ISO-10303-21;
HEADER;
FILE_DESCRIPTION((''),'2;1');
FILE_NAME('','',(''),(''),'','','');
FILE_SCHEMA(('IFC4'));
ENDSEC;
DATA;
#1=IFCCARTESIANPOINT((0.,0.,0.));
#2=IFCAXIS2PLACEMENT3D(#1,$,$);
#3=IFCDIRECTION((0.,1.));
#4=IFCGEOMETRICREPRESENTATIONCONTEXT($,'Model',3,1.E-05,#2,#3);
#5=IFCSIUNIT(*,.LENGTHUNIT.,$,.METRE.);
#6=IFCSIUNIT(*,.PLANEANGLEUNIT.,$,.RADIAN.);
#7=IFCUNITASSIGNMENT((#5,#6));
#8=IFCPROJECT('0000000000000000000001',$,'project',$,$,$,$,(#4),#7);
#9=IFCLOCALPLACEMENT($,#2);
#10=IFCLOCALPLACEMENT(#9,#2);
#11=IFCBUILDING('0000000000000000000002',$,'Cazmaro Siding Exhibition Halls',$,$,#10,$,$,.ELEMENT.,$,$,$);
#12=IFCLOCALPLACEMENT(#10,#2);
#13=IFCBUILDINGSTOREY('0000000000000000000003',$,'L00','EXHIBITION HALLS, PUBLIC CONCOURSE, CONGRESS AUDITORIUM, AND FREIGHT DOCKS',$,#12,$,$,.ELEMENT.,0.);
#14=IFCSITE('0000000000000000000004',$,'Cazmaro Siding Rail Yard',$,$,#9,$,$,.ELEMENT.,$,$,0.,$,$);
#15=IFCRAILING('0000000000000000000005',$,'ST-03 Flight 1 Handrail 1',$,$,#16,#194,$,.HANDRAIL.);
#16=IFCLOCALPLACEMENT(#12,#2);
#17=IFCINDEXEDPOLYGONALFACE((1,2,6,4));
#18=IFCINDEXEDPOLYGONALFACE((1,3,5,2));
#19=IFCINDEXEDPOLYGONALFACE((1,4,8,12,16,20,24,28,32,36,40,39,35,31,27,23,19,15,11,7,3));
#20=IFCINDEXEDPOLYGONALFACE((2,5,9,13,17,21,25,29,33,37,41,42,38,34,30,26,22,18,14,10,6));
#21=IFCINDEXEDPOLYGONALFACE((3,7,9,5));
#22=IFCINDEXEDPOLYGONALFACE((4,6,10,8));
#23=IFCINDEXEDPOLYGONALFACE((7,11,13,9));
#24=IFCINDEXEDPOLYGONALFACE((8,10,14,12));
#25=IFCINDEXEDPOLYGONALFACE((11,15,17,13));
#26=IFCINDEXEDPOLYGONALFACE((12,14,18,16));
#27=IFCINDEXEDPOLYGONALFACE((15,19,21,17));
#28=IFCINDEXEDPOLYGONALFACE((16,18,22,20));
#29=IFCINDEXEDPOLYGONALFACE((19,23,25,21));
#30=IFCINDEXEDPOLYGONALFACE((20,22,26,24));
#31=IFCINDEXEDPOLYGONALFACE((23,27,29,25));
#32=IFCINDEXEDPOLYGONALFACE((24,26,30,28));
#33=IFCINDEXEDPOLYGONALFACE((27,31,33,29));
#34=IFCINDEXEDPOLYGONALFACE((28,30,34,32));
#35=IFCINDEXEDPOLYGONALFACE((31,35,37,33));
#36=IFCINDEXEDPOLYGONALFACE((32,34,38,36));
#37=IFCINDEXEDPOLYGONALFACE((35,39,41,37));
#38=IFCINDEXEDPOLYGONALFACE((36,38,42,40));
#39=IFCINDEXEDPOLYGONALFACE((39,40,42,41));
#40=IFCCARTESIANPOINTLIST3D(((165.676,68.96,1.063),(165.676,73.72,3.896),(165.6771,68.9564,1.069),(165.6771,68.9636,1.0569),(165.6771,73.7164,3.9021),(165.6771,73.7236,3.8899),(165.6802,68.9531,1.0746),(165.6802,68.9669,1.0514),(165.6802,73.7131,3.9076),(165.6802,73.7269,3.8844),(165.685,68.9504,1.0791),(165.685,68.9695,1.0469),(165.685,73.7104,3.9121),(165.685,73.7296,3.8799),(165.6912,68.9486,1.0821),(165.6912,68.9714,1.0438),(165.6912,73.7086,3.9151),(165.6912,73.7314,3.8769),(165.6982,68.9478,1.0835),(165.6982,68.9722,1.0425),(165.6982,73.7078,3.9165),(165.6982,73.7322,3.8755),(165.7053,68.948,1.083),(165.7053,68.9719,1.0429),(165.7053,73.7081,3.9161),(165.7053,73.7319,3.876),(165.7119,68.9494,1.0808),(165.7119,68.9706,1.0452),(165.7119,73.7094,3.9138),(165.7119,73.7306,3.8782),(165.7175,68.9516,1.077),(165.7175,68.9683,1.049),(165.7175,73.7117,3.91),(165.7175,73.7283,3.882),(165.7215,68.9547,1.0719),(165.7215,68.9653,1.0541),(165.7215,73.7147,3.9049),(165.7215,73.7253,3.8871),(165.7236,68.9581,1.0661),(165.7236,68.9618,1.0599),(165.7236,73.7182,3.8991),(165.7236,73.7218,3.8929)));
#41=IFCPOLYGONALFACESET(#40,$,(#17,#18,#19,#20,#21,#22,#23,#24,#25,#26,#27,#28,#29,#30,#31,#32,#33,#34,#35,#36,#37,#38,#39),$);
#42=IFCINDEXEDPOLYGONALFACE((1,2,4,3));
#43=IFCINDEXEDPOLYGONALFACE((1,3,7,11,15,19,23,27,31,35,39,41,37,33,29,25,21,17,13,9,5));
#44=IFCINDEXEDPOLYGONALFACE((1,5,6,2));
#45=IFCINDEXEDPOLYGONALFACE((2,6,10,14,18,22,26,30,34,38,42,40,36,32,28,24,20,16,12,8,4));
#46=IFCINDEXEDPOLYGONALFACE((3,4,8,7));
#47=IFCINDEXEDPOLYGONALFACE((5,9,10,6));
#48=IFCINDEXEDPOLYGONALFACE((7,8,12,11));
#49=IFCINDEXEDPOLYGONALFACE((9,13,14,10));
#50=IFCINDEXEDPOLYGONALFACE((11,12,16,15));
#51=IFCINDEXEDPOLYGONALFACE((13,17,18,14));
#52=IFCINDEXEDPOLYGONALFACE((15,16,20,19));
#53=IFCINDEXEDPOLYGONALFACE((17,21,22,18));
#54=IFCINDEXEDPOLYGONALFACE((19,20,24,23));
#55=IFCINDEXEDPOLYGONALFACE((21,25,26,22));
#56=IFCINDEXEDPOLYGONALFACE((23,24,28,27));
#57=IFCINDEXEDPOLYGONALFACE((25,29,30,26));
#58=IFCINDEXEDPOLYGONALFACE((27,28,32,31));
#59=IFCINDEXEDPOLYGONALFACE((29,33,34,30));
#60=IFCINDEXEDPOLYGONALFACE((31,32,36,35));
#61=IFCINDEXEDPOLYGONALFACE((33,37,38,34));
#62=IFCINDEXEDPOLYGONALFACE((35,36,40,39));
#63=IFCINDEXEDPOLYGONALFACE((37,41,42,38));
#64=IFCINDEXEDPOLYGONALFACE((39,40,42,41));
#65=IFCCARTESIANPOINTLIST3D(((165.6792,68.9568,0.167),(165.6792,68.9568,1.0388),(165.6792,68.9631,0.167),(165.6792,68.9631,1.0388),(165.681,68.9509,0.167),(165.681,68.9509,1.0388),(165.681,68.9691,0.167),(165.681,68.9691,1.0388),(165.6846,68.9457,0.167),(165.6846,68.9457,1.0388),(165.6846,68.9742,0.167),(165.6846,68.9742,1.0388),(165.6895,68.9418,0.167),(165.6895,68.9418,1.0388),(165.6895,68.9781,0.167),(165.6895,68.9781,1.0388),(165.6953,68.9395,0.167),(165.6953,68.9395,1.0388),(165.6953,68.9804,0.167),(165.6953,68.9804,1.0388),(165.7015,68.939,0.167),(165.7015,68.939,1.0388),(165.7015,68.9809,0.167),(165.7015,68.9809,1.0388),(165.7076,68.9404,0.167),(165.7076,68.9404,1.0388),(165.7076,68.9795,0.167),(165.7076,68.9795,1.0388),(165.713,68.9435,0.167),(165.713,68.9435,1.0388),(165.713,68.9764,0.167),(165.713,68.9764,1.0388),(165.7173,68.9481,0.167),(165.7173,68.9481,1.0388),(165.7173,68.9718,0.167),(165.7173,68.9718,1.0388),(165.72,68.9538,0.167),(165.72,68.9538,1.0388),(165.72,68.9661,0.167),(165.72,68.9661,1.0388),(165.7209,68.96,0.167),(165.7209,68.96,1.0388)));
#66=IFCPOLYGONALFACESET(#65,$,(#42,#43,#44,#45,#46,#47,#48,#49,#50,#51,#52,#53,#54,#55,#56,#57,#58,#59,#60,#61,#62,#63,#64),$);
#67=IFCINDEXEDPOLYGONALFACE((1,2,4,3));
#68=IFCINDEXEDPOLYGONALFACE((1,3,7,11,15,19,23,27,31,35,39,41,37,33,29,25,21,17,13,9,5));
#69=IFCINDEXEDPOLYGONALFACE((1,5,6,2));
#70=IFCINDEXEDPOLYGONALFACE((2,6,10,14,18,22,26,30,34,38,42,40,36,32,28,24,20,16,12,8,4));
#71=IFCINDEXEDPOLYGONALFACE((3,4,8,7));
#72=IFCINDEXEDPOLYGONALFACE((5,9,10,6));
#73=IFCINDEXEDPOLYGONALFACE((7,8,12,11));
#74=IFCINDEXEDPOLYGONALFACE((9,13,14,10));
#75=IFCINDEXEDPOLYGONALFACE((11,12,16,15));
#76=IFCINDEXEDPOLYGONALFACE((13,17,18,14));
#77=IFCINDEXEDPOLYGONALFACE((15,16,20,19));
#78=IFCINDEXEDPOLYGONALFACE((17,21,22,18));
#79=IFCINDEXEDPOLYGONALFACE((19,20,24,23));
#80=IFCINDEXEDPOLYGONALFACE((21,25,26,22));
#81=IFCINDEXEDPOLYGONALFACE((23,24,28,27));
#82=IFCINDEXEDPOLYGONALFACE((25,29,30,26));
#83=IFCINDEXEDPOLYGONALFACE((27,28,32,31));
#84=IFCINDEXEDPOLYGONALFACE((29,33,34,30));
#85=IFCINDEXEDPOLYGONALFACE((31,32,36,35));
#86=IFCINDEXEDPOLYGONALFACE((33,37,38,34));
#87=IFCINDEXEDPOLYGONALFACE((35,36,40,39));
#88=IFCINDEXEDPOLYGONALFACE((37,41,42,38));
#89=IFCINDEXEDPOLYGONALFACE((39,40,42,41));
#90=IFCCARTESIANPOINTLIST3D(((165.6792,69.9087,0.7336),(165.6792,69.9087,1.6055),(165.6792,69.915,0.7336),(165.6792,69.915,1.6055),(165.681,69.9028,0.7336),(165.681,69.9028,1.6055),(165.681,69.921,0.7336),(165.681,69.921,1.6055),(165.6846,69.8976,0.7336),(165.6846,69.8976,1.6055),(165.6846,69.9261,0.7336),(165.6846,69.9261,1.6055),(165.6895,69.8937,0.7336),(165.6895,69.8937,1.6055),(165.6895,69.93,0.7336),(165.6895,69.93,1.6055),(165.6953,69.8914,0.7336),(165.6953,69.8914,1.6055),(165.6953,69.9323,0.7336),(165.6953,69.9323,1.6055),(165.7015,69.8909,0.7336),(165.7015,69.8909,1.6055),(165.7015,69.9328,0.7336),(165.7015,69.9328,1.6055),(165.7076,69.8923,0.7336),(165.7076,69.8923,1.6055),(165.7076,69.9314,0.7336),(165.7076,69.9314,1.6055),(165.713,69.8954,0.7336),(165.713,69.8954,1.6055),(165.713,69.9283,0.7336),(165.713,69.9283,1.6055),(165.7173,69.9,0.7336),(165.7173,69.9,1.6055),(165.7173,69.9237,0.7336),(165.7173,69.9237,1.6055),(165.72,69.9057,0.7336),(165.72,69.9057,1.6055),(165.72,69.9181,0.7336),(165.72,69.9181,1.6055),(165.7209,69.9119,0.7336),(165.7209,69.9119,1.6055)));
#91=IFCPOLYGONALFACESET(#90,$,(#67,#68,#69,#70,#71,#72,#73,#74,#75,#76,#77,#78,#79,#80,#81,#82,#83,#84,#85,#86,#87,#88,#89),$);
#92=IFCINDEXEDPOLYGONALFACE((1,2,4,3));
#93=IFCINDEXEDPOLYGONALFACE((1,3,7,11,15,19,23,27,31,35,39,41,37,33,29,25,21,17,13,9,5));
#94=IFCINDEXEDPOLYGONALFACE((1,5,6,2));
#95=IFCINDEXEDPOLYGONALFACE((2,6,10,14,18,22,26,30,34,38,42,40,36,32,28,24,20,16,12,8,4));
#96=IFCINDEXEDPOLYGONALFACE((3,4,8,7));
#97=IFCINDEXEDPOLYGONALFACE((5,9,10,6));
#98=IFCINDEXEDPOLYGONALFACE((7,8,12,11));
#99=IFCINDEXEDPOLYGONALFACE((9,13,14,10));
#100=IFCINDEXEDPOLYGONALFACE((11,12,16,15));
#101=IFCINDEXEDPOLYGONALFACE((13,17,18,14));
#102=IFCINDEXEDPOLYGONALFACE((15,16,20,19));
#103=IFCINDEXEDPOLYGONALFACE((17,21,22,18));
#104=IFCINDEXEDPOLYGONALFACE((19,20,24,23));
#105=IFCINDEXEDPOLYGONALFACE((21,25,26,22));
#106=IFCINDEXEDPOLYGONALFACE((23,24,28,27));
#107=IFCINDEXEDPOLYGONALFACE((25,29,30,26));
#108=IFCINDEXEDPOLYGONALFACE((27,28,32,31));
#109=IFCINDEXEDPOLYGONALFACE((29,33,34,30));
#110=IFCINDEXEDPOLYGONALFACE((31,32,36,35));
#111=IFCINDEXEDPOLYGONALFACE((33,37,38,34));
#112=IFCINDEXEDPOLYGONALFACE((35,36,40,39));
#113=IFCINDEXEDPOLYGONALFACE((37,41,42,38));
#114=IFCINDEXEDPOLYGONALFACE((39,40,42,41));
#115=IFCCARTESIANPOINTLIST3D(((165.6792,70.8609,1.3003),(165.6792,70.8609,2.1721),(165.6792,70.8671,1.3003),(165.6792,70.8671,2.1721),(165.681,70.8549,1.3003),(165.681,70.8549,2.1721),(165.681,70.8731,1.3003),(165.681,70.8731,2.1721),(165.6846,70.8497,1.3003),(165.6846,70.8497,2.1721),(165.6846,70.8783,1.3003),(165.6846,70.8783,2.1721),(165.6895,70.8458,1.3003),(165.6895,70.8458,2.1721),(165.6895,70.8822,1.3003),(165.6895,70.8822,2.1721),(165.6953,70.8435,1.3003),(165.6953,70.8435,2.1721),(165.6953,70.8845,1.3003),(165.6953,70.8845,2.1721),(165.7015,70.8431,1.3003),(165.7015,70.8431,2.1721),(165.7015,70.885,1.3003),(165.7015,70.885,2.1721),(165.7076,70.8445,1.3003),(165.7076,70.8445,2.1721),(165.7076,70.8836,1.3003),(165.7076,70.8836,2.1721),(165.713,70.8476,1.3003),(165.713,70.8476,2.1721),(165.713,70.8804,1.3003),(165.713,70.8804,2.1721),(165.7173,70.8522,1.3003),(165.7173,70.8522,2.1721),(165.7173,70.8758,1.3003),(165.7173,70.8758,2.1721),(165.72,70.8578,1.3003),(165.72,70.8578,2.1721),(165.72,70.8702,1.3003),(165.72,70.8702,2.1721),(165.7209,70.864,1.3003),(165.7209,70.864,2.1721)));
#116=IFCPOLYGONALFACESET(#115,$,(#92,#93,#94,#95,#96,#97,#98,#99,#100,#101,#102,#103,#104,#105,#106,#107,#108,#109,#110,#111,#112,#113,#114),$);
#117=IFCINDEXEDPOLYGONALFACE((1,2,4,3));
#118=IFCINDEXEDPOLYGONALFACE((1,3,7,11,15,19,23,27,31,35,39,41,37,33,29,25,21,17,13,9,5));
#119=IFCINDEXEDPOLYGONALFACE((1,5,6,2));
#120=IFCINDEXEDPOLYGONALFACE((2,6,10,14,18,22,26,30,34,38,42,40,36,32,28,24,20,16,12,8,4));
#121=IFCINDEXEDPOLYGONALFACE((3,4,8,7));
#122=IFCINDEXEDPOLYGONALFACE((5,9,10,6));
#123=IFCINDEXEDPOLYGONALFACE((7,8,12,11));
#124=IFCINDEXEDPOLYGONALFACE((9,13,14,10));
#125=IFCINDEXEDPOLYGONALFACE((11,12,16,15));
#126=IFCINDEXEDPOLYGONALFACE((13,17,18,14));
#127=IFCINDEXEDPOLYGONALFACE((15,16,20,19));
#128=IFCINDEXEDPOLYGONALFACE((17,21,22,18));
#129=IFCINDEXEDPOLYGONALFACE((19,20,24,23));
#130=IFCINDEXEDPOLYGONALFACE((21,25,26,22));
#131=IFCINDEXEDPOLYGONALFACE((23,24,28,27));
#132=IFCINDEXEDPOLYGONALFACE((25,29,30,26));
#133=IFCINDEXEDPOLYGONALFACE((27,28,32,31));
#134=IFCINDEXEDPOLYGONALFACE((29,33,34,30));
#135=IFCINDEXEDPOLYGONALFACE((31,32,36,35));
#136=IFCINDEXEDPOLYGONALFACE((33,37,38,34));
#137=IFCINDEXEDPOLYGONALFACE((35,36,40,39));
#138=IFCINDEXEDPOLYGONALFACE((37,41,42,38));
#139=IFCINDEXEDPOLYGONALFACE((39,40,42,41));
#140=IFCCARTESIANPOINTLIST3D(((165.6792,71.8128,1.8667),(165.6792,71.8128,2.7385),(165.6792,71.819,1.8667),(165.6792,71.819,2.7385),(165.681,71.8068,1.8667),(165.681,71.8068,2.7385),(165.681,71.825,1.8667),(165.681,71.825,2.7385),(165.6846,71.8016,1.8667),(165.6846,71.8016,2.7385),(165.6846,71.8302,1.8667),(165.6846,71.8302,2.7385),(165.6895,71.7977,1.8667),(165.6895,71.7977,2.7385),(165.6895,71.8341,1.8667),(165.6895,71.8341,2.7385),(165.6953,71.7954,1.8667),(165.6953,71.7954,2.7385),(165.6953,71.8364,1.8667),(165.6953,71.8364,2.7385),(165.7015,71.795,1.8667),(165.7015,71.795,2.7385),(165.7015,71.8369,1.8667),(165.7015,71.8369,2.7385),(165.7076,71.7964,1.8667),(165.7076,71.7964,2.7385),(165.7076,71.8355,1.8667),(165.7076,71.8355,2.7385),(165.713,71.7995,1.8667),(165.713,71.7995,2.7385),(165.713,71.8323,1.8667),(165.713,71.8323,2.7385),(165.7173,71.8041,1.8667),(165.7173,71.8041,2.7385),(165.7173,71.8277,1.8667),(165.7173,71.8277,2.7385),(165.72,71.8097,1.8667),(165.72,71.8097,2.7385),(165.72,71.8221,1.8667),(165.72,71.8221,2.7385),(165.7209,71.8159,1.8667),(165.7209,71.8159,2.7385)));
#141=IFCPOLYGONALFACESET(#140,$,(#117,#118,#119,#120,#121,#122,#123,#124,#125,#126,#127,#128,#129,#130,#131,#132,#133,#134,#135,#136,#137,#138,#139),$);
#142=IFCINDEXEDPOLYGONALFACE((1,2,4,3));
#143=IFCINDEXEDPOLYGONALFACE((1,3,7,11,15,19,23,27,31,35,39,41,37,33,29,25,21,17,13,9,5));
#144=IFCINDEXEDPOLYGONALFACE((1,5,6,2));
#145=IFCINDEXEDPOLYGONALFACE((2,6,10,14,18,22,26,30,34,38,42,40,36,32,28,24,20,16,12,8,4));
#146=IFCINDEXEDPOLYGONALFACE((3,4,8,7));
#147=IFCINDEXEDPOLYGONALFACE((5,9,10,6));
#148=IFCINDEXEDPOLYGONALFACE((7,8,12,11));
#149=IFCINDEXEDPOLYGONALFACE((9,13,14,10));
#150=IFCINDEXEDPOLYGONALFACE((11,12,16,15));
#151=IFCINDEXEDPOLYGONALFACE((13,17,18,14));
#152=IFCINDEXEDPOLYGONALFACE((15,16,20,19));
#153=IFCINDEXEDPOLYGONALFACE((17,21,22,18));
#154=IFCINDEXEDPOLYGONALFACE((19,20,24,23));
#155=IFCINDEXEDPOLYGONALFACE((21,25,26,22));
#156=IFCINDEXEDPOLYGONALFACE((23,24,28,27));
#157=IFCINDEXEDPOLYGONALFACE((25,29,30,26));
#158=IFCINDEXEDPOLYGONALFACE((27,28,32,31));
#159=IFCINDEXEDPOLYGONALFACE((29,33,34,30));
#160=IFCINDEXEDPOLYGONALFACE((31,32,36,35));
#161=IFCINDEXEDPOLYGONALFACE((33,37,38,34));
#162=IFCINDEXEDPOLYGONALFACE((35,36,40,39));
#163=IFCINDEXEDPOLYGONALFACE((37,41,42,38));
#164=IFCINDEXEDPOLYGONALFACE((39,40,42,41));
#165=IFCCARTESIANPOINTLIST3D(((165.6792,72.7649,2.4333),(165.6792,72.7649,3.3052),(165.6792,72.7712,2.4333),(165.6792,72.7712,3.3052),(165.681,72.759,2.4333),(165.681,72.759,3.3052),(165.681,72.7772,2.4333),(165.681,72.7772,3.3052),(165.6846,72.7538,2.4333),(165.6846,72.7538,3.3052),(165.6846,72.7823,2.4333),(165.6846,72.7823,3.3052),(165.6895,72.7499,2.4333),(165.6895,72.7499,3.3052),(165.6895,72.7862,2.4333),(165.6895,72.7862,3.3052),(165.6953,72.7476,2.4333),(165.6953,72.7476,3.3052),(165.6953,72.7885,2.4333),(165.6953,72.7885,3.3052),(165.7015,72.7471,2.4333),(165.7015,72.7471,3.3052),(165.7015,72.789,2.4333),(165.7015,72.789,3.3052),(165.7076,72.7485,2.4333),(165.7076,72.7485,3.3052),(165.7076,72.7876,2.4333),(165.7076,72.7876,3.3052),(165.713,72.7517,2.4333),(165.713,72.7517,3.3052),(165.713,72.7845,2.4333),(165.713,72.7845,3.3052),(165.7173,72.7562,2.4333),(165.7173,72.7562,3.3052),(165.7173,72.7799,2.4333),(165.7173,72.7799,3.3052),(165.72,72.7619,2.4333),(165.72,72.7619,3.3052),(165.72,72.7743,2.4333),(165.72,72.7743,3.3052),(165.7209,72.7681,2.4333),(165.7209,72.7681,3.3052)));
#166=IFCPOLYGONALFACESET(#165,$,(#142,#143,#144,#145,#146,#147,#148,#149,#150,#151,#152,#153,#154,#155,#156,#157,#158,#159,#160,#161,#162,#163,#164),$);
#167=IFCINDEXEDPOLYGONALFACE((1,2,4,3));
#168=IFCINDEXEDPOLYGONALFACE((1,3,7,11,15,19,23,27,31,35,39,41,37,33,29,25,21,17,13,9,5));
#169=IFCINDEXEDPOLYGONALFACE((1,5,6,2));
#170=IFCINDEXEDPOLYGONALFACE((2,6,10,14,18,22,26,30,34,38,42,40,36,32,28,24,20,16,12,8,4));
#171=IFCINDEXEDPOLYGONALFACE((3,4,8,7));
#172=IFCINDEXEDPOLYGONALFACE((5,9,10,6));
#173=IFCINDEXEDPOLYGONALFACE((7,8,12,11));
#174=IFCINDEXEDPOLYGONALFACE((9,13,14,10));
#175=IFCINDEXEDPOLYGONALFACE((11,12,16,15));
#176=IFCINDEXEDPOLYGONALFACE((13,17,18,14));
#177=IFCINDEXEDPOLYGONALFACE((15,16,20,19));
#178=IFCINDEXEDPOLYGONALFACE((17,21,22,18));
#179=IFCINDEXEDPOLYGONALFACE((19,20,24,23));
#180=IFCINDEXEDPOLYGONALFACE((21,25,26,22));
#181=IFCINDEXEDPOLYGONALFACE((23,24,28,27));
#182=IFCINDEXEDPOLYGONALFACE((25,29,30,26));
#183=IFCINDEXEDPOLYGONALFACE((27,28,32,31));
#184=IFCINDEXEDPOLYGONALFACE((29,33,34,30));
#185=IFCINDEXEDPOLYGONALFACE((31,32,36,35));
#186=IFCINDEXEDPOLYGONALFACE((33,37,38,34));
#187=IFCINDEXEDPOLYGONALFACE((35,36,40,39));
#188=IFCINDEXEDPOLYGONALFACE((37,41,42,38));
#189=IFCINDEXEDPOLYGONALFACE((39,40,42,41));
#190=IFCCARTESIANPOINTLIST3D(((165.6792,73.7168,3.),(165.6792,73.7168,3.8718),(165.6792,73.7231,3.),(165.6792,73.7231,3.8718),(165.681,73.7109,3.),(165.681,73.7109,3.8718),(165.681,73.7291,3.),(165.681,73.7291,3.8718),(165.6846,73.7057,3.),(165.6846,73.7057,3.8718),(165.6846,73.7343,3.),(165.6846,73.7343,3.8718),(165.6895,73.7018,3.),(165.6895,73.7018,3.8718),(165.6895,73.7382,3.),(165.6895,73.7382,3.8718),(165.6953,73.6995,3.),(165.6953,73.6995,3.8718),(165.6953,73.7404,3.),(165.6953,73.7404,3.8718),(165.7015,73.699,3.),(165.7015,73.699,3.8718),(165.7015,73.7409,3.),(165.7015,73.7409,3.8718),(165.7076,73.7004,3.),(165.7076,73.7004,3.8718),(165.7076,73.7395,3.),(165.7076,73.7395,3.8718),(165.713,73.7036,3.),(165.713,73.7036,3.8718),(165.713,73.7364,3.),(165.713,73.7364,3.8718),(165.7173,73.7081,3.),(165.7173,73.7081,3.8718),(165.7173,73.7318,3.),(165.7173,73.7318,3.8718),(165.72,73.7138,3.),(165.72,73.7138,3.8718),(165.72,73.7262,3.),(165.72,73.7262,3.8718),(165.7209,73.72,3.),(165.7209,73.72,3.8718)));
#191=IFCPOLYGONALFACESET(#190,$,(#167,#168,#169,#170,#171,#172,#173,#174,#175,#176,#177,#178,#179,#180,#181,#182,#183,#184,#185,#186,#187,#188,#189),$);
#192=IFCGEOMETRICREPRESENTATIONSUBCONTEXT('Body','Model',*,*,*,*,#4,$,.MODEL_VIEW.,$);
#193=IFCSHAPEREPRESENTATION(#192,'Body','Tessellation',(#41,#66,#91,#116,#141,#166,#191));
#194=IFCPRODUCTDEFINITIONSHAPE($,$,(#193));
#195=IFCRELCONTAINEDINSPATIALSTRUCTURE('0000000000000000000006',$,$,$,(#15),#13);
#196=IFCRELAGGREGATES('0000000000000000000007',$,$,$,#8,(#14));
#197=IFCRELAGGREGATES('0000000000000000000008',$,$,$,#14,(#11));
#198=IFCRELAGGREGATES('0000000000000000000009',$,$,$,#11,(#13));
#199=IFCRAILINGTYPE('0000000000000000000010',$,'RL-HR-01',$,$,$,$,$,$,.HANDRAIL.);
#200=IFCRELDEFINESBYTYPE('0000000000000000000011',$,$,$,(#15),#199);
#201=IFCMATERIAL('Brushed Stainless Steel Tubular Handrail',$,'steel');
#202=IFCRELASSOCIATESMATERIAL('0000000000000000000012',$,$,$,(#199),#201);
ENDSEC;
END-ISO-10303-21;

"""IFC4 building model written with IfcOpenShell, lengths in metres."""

from ifc_helpers import new_model, si_unit, direction, frame, origin, origin_2d, place, context, subcontext, project, spatial, circle, extrude, material, type_object, element, save


model = new_model("IFC4")

# Units and contexts
model_context = context("Model", 3, precision=1e-05, world=origin(), true_north=direction((0.0, 1.0)))
body_context = subcontext(model_context, "Body", "Model", "MODEL_VIEW")
ifc_project = project(units=[si_unit("LENGTHUNIT", "METRE"), si_unit("PLANEANGLEUNIT", "RADIAN")], contexts=[model_context])

# Site, building, storey
site_placement = place(None, origin())
site = spatial("IfcSite", under=ifc_project, at=site_placement, Name="Cazmaro Siding Rail Yard", CompositionType="ELEMENT", RefElevation=0.0)
building_placement = place(site_placement, origin())
building = spatial("IfcBuilding", under=site, at=building_placement, Name="Cazmaro Siding Exhibition Halls", CompositionType="ELEMENT")
storey_placement = place(building_placement, origin())
storey = spatial("IfcBuildingStorey", under=building, at=storey_placement, Name="L00", Description="EXHIBITION HALLS, PUBLIC CONCOURSE, CONGRESS AUDITORIUM, AND FREIGHT DOCKS", CompositionType="ELEMENT", Elevation=0.0)

# Railing
ifc_material_1 = material(Name="Brushed Stainless Steel Tubular Handrail", Category="steel")
railing_type = type_object("IfcRailingType", Name="RL-HR-01", PredefinedType="HANDRAIL", material=ifc_material_1)
for number, where, name in (
    (1, (165.7, 68.96, 0.167), "ST-03 Flight 1 Handrail 1"),
):
    element("IfcRailing", number, at=place(storey_placement, frame(where)), inside=storey, type_object=railing_type, Name=name, PredefinedType="HANDRAIL", context=body_context, shape_type="SweptSolid", body=[
        extrude(circle(Radius=0.0239, at=origin_2d()), frame((0.0, 0.0, 0.896), z_axis=(0.0, 0.859319, 0.51144), x_axis=(-1.0, 0.0, 0.0)), (0.0, 0.0, 1.0), 5.5393),
        extrude(circle(Radius=0.021, at=origin_2d()), origin(), (0.0, 0.0, 1.0), 0.8718),
        extrude(circle(Radius=0.021, at=origin_2d()), frame((0.0, 0.9519, 0.5667)), (0.0, 0.0, 1.0), 0.8718),
        extrude(circle(Radius=0.021, at=origin_2d()), frame((0.0, 1.9041, 1.1333)), (0.0, 0.0, 1.0), 0.8718),
        extrude(circle(Radius=0.021, at=origin_2d()), frame((0.0, 2.856, 1.6997)), (0.0, 0.0, 1.0), 0.8718),
        extrude(circle(Radius=0.021, at=origin_2d()), frame((0.0, 3.8081, 2.2664)), (0.0, 0.0, 1.0), 0.8718),
        extrude(circle(Radius=0.021, at=origin_2d()), frame((0.0, 4.76, 2.833)), (0.0, 0.0, 1.0), 0.8718),
    ])

save(model, "model.ifc")
